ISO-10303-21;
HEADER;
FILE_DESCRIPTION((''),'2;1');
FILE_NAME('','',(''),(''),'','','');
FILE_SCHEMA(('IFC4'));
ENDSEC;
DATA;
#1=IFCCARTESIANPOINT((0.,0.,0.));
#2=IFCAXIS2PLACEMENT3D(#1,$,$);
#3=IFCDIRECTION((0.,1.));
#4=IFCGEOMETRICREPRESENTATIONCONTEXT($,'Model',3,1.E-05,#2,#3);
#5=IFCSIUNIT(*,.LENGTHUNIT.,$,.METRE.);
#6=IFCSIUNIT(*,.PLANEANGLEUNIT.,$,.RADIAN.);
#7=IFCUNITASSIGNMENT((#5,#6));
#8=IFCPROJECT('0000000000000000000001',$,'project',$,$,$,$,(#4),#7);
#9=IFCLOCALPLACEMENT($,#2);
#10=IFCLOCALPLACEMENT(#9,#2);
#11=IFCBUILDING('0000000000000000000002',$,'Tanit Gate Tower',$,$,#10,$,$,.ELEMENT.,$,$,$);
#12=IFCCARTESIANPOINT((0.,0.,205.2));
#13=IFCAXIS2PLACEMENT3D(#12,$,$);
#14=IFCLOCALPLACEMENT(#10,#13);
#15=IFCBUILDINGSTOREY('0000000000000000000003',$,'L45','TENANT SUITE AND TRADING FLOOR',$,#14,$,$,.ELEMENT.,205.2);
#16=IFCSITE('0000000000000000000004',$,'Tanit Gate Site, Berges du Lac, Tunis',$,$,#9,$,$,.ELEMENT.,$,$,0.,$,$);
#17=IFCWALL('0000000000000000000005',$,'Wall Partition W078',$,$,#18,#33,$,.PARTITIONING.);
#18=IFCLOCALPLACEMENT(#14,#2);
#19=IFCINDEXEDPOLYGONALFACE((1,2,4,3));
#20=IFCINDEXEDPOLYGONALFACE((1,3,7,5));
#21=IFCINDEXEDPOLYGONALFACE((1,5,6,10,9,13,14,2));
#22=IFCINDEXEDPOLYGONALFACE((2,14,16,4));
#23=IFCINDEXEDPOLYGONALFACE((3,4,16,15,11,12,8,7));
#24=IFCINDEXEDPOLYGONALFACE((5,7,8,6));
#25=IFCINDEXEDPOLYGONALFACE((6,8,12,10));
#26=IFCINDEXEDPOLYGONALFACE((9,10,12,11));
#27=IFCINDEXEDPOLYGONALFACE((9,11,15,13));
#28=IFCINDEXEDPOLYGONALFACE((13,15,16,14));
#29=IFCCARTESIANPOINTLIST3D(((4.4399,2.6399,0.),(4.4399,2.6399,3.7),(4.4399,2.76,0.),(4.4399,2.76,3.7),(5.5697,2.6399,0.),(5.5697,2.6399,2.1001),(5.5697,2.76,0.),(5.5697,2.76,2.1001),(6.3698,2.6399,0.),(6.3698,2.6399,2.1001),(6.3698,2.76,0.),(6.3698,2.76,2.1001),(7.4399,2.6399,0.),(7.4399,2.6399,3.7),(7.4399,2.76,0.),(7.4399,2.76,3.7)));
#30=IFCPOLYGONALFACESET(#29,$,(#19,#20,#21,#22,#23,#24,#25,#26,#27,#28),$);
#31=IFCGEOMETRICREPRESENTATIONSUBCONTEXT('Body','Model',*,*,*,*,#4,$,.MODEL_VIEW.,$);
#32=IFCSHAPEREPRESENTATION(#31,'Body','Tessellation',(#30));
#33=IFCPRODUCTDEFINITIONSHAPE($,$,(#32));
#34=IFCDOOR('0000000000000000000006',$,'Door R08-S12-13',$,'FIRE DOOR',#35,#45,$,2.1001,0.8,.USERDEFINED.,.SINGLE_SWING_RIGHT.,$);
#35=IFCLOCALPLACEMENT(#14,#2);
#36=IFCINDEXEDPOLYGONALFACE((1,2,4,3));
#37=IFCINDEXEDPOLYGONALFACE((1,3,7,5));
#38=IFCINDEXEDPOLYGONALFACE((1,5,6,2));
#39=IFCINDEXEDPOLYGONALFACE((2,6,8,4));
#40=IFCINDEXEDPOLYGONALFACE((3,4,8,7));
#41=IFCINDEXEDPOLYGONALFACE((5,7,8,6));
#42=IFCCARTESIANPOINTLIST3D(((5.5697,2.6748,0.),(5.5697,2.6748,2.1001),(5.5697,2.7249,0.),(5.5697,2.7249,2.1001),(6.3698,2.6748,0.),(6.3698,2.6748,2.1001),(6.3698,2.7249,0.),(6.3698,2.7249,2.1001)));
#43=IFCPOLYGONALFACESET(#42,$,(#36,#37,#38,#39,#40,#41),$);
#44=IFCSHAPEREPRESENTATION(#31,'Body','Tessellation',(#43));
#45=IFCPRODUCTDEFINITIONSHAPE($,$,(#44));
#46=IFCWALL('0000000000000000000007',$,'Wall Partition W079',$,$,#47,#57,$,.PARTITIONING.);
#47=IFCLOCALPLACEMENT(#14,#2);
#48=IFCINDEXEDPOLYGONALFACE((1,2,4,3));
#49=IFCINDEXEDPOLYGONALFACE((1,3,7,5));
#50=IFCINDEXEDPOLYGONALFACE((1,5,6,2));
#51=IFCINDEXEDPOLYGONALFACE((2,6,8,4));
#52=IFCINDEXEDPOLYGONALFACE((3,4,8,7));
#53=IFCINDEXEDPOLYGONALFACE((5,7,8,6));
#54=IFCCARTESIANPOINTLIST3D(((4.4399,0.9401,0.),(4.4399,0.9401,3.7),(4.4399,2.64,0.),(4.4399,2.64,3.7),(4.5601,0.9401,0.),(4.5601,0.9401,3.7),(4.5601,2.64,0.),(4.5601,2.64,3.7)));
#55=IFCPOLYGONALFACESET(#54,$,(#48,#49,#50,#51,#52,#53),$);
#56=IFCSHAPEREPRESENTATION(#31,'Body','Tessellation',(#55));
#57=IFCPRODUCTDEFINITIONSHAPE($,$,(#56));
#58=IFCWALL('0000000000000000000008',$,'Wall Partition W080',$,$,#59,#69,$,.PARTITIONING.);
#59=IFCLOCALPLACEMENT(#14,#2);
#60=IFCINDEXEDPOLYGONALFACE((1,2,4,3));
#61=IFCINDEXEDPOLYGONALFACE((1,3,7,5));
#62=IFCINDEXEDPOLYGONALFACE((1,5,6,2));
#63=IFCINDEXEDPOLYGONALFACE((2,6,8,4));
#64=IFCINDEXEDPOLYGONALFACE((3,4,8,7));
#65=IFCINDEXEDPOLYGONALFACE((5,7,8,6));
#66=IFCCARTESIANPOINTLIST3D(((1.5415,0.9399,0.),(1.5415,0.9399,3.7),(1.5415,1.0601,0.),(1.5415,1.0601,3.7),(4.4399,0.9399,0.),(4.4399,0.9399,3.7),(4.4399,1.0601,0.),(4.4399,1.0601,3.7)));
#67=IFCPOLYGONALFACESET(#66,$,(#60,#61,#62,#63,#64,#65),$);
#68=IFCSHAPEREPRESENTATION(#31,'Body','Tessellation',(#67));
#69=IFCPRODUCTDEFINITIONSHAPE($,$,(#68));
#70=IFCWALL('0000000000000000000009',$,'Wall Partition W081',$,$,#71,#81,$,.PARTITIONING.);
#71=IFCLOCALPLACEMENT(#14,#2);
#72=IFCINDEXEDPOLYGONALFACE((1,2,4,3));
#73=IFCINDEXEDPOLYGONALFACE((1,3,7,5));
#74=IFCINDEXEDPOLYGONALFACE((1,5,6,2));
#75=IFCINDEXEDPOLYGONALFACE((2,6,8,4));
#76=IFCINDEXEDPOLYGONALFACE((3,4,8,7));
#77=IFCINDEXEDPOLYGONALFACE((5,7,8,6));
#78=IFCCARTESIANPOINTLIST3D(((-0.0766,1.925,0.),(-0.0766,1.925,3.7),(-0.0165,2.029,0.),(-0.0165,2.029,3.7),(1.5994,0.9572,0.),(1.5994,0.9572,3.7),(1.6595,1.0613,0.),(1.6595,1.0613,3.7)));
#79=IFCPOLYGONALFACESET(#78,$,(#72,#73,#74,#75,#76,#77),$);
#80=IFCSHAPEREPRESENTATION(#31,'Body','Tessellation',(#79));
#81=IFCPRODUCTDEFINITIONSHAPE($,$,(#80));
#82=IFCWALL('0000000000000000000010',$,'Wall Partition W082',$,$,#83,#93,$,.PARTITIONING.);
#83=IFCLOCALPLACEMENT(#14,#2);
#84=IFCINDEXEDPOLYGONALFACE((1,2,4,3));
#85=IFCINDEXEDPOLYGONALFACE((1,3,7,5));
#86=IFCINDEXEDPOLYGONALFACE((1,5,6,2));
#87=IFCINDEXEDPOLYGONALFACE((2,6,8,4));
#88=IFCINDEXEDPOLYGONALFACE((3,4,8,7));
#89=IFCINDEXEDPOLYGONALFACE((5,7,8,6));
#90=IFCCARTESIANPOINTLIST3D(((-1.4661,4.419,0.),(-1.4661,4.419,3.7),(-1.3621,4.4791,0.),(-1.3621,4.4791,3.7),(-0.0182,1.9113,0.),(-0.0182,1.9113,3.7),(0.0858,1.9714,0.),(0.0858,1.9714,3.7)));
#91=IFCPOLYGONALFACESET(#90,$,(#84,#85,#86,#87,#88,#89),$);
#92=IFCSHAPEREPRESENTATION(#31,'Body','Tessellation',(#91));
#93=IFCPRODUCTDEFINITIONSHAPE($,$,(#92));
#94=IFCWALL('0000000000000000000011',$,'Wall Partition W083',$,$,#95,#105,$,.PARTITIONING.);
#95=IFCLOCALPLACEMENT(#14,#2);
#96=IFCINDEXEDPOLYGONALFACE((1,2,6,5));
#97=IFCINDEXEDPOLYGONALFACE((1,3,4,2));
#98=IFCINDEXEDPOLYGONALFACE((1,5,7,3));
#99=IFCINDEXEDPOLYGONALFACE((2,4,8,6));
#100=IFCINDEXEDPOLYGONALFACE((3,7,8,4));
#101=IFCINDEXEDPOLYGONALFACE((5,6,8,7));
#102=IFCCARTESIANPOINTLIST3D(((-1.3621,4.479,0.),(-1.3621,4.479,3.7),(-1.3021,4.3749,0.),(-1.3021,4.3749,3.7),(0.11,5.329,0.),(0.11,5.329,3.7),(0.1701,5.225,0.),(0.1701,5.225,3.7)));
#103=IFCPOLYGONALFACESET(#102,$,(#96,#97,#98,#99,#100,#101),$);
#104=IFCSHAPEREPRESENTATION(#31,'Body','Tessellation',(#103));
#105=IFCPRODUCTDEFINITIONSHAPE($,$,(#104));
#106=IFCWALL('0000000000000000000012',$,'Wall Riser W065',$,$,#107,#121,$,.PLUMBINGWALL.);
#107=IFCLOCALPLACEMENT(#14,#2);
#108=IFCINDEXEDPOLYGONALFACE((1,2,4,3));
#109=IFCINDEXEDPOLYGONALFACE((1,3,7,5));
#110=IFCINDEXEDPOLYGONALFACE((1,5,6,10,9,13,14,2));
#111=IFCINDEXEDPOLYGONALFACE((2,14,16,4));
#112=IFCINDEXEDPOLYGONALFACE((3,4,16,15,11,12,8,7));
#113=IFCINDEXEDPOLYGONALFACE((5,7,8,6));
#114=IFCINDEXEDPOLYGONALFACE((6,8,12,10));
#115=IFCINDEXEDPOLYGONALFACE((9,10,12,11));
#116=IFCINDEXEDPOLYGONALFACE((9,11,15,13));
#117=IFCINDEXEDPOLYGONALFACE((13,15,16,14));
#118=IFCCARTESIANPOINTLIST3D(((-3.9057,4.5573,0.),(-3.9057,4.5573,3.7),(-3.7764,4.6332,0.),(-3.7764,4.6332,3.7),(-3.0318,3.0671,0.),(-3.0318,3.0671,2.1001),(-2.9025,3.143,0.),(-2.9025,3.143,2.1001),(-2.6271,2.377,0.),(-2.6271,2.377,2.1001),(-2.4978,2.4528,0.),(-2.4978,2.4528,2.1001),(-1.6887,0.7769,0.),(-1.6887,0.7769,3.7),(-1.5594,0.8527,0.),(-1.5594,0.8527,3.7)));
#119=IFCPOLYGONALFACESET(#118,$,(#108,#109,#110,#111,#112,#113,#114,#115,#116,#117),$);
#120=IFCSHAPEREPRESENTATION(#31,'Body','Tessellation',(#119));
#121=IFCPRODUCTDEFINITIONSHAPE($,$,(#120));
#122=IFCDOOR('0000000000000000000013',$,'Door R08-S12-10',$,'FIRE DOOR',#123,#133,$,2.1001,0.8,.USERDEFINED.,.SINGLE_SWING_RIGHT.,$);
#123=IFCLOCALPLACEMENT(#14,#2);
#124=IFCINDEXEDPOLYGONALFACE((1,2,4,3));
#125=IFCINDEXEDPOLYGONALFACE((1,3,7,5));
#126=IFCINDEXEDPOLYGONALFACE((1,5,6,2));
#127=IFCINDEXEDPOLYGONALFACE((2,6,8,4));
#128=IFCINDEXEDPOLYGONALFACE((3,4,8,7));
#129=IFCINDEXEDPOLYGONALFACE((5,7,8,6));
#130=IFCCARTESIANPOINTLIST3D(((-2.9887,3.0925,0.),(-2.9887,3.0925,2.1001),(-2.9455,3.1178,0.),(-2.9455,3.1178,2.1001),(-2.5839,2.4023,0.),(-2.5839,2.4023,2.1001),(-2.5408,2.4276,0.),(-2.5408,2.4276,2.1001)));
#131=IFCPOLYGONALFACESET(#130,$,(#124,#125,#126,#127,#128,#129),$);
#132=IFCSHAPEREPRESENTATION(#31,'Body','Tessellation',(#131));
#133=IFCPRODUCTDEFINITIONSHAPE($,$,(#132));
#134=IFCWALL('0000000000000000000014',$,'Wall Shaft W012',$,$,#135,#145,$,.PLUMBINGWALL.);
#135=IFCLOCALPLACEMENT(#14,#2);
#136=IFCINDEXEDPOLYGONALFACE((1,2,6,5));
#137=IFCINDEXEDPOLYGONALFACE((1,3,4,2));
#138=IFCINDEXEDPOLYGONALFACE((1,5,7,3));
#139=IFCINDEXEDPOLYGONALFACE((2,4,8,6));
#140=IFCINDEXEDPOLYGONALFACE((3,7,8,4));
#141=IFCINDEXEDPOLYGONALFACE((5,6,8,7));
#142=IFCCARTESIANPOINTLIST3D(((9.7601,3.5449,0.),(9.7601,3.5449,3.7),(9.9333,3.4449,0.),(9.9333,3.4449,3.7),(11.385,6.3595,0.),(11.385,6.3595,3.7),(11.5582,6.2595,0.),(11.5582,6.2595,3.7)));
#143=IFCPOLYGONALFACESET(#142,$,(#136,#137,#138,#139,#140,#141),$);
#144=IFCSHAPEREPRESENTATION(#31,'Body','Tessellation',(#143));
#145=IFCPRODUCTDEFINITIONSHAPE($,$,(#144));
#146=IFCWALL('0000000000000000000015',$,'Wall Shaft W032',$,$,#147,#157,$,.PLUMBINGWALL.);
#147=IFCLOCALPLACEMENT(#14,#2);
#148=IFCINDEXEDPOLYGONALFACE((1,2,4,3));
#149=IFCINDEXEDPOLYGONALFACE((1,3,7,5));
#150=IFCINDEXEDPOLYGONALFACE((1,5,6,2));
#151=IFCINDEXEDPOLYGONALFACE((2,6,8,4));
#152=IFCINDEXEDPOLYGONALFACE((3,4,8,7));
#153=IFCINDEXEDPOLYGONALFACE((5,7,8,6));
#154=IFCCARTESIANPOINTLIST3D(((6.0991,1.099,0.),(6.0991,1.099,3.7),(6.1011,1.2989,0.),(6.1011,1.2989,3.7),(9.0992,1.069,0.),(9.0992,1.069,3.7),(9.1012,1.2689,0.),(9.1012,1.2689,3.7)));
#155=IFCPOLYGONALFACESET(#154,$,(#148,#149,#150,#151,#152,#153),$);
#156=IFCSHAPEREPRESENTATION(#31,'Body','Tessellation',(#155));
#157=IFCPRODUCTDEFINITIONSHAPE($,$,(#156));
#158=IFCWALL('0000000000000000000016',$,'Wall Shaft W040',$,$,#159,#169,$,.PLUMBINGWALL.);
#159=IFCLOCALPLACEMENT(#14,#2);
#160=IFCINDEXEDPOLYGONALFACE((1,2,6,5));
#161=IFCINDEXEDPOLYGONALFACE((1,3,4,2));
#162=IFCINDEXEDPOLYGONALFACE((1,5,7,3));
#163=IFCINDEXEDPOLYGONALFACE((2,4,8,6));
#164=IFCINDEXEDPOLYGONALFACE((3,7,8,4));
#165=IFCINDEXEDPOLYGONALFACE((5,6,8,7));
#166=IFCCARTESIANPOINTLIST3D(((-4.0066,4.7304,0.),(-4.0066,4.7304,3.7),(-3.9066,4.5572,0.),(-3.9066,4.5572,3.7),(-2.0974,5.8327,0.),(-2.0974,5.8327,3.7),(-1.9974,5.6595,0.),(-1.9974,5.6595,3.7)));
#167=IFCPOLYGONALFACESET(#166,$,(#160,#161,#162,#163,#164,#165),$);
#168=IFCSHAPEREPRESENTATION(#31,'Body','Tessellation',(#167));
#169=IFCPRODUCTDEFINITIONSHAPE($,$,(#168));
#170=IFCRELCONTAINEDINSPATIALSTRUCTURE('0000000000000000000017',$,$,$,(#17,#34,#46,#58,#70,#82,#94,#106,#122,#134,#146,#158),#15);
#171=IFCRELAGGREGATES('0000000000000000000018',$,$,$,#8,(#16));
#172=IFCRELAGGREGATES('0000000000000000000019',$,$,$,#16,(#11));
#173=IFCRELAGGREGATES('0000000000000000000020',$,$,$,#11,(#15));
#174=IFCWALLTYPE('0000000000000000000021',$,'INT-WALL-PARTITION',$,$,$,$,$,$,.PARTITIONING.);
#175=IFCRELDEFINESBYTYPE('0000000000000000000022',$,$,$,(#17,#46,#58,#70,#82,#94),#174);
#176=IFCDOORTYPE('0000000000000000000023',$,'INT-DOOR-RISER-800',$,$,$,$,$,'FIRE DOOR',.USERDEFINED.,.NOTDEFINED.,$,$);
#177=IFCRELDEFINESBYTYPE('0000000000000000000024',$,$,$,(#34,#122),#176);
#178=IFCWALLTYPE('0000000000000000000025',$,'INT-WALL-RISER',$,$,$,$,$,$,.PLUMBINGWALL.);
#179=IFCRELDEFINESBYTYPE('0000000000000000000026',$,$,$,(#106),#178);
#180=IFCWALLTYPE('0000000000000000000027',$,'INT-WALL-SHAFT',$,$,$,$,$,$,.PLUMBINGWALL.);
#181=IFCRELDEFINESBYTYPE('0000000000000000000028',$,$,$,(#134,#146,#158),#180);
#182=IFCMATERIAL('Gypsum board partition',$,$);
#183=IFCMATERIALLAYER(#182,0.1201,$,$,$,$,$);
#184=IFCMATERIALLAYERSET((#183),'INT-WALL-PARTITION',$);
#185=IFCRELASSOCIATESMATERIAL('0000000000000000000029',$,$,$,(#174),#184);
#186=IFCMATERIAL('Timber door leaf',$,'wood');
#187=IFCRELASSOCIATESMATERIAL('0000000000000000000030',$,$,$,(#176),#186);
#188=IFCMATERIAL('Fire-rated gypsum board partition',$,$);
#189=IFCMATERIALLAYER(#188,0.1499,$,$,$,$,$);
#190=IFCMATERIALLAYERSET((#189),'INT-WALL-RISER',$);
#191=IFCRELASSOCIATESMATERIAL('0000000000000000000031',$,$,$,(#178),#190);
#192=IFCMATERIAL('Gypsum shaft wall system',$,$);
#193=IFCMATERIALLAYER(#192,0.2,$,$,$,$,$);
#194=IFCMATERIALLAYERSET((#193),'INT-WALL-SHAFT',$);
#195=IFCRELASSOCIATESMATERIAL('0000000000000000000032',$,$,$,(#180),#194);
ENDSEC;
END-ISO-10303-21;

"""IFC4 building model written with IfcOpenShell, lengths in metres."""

from ifc_helpers import new_model, si_unit, direction, frame, frame_2d, origin, place, context, subcontext, project, spatial, rectangle, extrude, material, layer, layer_set, type_object, element, fill, save


model = new_model("IFC4")

# Units and contexts
model_context = context("Model", 3, precision=1e-05, world=origin(), true_north=direction((0.0, 1.0)))
body_context = subcontext(model_context, "Body", "Model", "MODEL_VIEW")
ifc_project = project(units=[si_unit("LENGTHUNIT", "METRE"), si_unit("PLANEANGLEUNIT", "RADIAN")], contexts=[model_context])

# Site, building, storey
site_placement = place(None, origin())
site = spatial("IfcSite", under=ifc_project, at=site_placement, Name="Tanit Gate Site, Berges du Lac, Tunis", CompositionType="ELEMENT", RefElevation=0.0)
building_placement = place(site_placement, origin())
building = spatial("IfcBuilding", under=site, at=building_placement, Name="Tanit Gate Tower", CompositionType="ELEMENT")
storey_placement = place(building_placement, frame((0.0, 0.0, 205.2)))
storey = spatial("IfcBuildingStorey", under=building, at=storey_placement, Name="L45", Description="TENANT SUITE AND TRADING FLOOR", CompositionType="ELEMENT", Elevation=205.2)

# Shared definitions
ifc_material_1 = material(Name="Gypsum board partition")
ifc_layer_1 = layer(ifc_material_1, 0.1201)
ifc_layer_set_1 = layer_set([ifc_layer_1], Name="INT-WALL-PARTITION")
wall_type_1 = type_object("IfcWallType", Name="INT-WALL-PARTITION", PredefinedType="PARTITIONING", material=ifc_layer_set_1)

# Shared definitions
ifc_material_2 = material(Name="Timber door leaf", Category="wood")
door_type_1 = type_object("IfcDoorType", Name="INT-DOOR-RISER-800", ElementType="FIRE DOOR", OperationType="NOTDEFINED", PredefinedType="USERDEFINED", material=ifc_material_2)

# Wall, opening, door
wall_1_placement = place(storey_placement, frame((4.4399, 2.7, 0.0), z_axis=(0.0, 0.0, 1.0), x_axis=(1.0, 0.0, 0.0)))
wall_1 = element("IfcWall", 1, at=wall_1_placement, inside=storey, type_object=wall_type_1, Name="Wall Partition W078", PredefinedType="PARTITIONING", context=body_context, shape_type="SweptSolid", body=[
    extrude(rectangle(XDim=3.0, YDim=0.1201, at=frame_2d((1.5, 0.0))), origin(), (0.0, 0.0, 1.0), 3.7),
])
opening_1_placement = place(wall_1_placement, frame((1.1299, 0.0, 0.0)))
opening_1 = element("IfcOpeningElement", 2, at=opening_1_placement, cuts=wall_1, PredefinedType="OPENING", context=body_context, shape_type="SweptSolid", body=[
    extrude(rectangle(XDim=0.8, YDim=2.1001, at=frame_2d((0.3999, 1.05))), frame((0.0, 0.0701, 0.0), z_axis=(0.0, -1.0, 0.0), x_axis=(1.0, 0.0, 0.0)), (0.0, 0.0, 1.0), 0.1401),
])
door_1_placement = place(opening_1_placement, origin())
door_1 = element("IfcDoor", 3, at=door_1_placement, inside=storey, type_object=door_type_1, Name="Door R08-S12-13", ObjectType="FIRE DOOR", OperationType="SINGLE_SWING_RIGHT", OverallHeight=2.1001, OverallWidth=0.8, PredefinedType="USERDEFINED", context=body_context, shape_type="SweptSolid", body=[
    extrude(rectangle(XDim=0.8, YDim=2.1001, at=frame_2d((0.3999, 1.05))), frame((0.0, 0.0249, 0.0), z_axis=(0.0, -1.0, 0.0), x_axis=(1.0, 0.0, 0.0)), (0.0, 0.0, 1.0), 0.05),
])
fill(opening_1, door_1)

# Walls
wall_2_placement = place(storey_placement, frame((4.5, 0.9399, 0.0), z_axis=(0.0, 0.0, 1.0), x_axis=(0.0, 1.0, 0.0)))
element("IfcWall", 4, at=wall_2_placement, inside=storey, type_object=wall_type_1, Name="Wall Partition W079", PredefinedType="PARTITIONING", context=body_context, shape_type="SweptSolid", body=[
    extrude(rectangle(XDim=1.7, YDim=0.1201, at=frame_2d((0.8501, 0.0))), origin(), (0.0, 0.0, 1.0), 3.7),
])
wall_3_placement = place(storey_placement, frame((1.5415, 1.0, 0.0), z_axis=(0.0, 0.0, 1.0), x_axis=(1.0, 0.0, 0.0)))
element("IfcWall", 5, at=wall_3_placement, inside=storey, type_object=wall_type_1, Name="Wall Partition W080", PredefinedType="PARTITIONING", context=body_context, shape_type="SweptSolid", body=[
    extrude(rectangle(XDim=2.8984, YDim=0.1201, at=frame_2d((1.4492, 0.0))), origin(), (0.0, 0.0, 1.0), 3.7),
])
wall_4_placement = place(storey_placement, frame((-0.0466, 1.9771, 0.0), z_axis=(0.0, 0.0, 1.0), x_axis=(0.865999, -0.500046, 0.0)))
element("IfcWall", 6, at=wall_4_placement, inside=storey, type_object=wall_type_1, Name="Wall Partition W081", PredefinedType="PARTITIONING", context=body_context, shape_type="SweptSolid", body=[
    extrude(rectangle(XDim=1.9353, YDim=0.1201, at=frame_2d((0.9678, 0.0))), origin(), (0.0, 0.0, 1.0), 3.7),
])
wall_5_placement = place(storey_placement, frame((-1.4141, 4.449, 0.0), z_axis=(0.0, 0.0, 1.0), x_axis=(0.500029, -0.866009, 0.0)))
element("IfcWall", 7, at=wall_5_placement, inside=storey, type_object=wall_type_1, Name="Wall Partition W082", PredefinedType="PARTITIONING", context=body_context, shape_type="SweptSolid", body=[
    extrude(rectangle(XDim=2.8958, YDim=0.1201, at=frame_2d((1.4478, 0.0))), origin(), (0.0, 0.0, 1.0), 3.7),
])
wall_6_placement = place(storey_placement, frame((0.1401, 5.2771, 0.0), z_axis=(0.0, 0.0, 1.0), x_axis=(-0.865989, -0.500062, 0.0)))
element("IfcWall", 8, at=wall_6_placement, inside=storey, type_object=wall_type_1, Name="Wall Partition W083", PredefinedType="PARTITIONING", context=body_context, shape_type="SweptSolid", body=[
    extrude(rectangle(XDim=1.7, YDim=0.1201, at=frame_2d((0.8501, 0.0))), origin(), (0.0, 0.0, 1.0), 3.7),
])

# Wall, opening, door
ifc_material_3 = material(Name="Fire-rated gypsum board partition")
ifc_layer_2 = layer(ifc_material_3, 0.1499)
ifc_layer_set_2 = layer_set([ifc_layer_2], Name="INT-WALL-RISER")
wall_type_2 = type_object("IfcWallType", Name="INT-WALL-RISER", PredefinedType="PLUMBINGWALL", material=ifc_layer_set_2)
wall_7_placement = place(storey_placement, frame((-1.624, 0.8147, 0.0), z_axis=(0.0, 0.0, 1.0), x_axis=(-0.505868, 0.862611, 0.0)))
wall_7 = element("IfcWall", 9, at=wall_7_placement, inside=storey, type_object=wall_type_2, Name="Wall Riser W065", PredefinedType="PLUMBINGWALL", context=body_context, shape_type="SweptSolid", body=[
    extrude(rectangle(XDim=4.3826, YDim=0.1499, at=frame_2d((2.1914, 0.0))), origin(), (0.0, 0.0, 1.0), 3.7),
])
opening_2_placement = place(wall_7_placement, frame((1.8552, 0.0, 0.0)))
opening_2 = element("IfcOpeningElement", 10, at=opening_2_placement, cuts=wall_7, PredefinedType="OPENING", context=body_context, shape_type="SweptSolid", body=[
    extrude(rectangle(XDim=0.8, YDim=2.1001, at=frame_2d((0.3999, 1.05))), frame((0.0, 0.085, 0.0), z_axis=(0.0, -1.0, 0.0), x_axis=(1.0, 0.0, 0.0)), (0.0, 0.0, 1.0), 0.1699),
])
door_2_placement = place(opening_2_placement, origin())
door_2 = element("IfcDoor", 11, at=door_2_placement, inside=storey, type_object=door_type_1, Name="Door R08-S12-10", ObjectType="FIRE DOOR", OperationType="SINGLE_SWING_RIGHT", OverallHeight=2.1001, OverallWidth=0.8, PredefinedType="USERDEFINED", context=body_context, shape_type="SweptSolid", body=[
    extrude(rectangle(XDim=0.8, YDim=2.1001, at=frame_2d((0.3999, 1.05))), frame((0.0, 0.0249, 0.0), z_axis=(0.0, -1.0, 0.0), x_axis=(1.0, 0.0, 0.0)), (0.0, 0.0, 1.0), 0.05),
])
fill(opening_2, door_2)

# Wall
ifc_material_4 = material(Name="Gypsum shaft wall system")
ifc_layer_3 = layer(ifc_material_4, 0.2)
ifc_layer_set_3 = layer_set([ifc_layer_3], Name="INT-WALL-SHAFT")
wall_type_3 = type_object("IfcWallType", Name="INT-WALL-SHAFT", PredefinedType="PLUMBINGWALL", material=ifc_layer_set_3)
wall_8_placement = place(storey_placement, frame((9.8467, 3.4949, 0.0), z_axis=(0.0, 0.0, 1.0), x_axis=(0.499985, 0.866034, 0.0)))
element("IfcWall", 12, at=wall_8_placement, inside=storey, type_object=wall_type_3, Name="Wall Shaft W012", PredefinedType="PLUMBINGWALL", context=body_context, shape_type="SweptSolid", body=[
    extrude(rectangle(XDim=3.25, YDim=0.2, at=frame_2d((1.625, 0.0))), origin(), (0.0, 0.0, 1.0), 3.7),
])

# Walls
wall_9_placement = place(storey_placement, frame((9.1001, 1.1689, 0.0), z_axis=(0.0, 0.0, 1.0), x_axis=(-0.99995, 0.010009, 0.0)))
element("IfcWall", 13, at=wall_9_placement, inside=storey, type_object=wall_type_3, Name="Wall Shaft W032", PredefinedType="PLUMBINGWALL", context=body_context, shape_type="SweptSolid", body=[
    extrude(rectangle(XDim=3.0002, YDim=0.2, at=frame_2d((1.5, 0.0))), origin(), (0.0, 0.0, 1.0), 3.7),
])
wall_10_placement = place(storey_placement, frame((-2.0474, 5.7461, 0.0), z_axis=(0.0, 0.0, 1.0), x_axis=(-0.86602, -0.50001, 0.0)))
element("IfcWall", 14, at=wall_10_placement, inside=storey, type_object=wall_type_3, Name="Wall Shaft W040", PredefinedType="PLUMBINGWALL", context=body_context, shape_type="SweptSolid", body=[
    extrude(rectangle(XDim=2.2046, YDim=0.2, at=frame_2d((1.1023, 0.0))), origin(), (0.0, 0.0, 1.0), 3.7),
])

save(model, "model.ifc")
